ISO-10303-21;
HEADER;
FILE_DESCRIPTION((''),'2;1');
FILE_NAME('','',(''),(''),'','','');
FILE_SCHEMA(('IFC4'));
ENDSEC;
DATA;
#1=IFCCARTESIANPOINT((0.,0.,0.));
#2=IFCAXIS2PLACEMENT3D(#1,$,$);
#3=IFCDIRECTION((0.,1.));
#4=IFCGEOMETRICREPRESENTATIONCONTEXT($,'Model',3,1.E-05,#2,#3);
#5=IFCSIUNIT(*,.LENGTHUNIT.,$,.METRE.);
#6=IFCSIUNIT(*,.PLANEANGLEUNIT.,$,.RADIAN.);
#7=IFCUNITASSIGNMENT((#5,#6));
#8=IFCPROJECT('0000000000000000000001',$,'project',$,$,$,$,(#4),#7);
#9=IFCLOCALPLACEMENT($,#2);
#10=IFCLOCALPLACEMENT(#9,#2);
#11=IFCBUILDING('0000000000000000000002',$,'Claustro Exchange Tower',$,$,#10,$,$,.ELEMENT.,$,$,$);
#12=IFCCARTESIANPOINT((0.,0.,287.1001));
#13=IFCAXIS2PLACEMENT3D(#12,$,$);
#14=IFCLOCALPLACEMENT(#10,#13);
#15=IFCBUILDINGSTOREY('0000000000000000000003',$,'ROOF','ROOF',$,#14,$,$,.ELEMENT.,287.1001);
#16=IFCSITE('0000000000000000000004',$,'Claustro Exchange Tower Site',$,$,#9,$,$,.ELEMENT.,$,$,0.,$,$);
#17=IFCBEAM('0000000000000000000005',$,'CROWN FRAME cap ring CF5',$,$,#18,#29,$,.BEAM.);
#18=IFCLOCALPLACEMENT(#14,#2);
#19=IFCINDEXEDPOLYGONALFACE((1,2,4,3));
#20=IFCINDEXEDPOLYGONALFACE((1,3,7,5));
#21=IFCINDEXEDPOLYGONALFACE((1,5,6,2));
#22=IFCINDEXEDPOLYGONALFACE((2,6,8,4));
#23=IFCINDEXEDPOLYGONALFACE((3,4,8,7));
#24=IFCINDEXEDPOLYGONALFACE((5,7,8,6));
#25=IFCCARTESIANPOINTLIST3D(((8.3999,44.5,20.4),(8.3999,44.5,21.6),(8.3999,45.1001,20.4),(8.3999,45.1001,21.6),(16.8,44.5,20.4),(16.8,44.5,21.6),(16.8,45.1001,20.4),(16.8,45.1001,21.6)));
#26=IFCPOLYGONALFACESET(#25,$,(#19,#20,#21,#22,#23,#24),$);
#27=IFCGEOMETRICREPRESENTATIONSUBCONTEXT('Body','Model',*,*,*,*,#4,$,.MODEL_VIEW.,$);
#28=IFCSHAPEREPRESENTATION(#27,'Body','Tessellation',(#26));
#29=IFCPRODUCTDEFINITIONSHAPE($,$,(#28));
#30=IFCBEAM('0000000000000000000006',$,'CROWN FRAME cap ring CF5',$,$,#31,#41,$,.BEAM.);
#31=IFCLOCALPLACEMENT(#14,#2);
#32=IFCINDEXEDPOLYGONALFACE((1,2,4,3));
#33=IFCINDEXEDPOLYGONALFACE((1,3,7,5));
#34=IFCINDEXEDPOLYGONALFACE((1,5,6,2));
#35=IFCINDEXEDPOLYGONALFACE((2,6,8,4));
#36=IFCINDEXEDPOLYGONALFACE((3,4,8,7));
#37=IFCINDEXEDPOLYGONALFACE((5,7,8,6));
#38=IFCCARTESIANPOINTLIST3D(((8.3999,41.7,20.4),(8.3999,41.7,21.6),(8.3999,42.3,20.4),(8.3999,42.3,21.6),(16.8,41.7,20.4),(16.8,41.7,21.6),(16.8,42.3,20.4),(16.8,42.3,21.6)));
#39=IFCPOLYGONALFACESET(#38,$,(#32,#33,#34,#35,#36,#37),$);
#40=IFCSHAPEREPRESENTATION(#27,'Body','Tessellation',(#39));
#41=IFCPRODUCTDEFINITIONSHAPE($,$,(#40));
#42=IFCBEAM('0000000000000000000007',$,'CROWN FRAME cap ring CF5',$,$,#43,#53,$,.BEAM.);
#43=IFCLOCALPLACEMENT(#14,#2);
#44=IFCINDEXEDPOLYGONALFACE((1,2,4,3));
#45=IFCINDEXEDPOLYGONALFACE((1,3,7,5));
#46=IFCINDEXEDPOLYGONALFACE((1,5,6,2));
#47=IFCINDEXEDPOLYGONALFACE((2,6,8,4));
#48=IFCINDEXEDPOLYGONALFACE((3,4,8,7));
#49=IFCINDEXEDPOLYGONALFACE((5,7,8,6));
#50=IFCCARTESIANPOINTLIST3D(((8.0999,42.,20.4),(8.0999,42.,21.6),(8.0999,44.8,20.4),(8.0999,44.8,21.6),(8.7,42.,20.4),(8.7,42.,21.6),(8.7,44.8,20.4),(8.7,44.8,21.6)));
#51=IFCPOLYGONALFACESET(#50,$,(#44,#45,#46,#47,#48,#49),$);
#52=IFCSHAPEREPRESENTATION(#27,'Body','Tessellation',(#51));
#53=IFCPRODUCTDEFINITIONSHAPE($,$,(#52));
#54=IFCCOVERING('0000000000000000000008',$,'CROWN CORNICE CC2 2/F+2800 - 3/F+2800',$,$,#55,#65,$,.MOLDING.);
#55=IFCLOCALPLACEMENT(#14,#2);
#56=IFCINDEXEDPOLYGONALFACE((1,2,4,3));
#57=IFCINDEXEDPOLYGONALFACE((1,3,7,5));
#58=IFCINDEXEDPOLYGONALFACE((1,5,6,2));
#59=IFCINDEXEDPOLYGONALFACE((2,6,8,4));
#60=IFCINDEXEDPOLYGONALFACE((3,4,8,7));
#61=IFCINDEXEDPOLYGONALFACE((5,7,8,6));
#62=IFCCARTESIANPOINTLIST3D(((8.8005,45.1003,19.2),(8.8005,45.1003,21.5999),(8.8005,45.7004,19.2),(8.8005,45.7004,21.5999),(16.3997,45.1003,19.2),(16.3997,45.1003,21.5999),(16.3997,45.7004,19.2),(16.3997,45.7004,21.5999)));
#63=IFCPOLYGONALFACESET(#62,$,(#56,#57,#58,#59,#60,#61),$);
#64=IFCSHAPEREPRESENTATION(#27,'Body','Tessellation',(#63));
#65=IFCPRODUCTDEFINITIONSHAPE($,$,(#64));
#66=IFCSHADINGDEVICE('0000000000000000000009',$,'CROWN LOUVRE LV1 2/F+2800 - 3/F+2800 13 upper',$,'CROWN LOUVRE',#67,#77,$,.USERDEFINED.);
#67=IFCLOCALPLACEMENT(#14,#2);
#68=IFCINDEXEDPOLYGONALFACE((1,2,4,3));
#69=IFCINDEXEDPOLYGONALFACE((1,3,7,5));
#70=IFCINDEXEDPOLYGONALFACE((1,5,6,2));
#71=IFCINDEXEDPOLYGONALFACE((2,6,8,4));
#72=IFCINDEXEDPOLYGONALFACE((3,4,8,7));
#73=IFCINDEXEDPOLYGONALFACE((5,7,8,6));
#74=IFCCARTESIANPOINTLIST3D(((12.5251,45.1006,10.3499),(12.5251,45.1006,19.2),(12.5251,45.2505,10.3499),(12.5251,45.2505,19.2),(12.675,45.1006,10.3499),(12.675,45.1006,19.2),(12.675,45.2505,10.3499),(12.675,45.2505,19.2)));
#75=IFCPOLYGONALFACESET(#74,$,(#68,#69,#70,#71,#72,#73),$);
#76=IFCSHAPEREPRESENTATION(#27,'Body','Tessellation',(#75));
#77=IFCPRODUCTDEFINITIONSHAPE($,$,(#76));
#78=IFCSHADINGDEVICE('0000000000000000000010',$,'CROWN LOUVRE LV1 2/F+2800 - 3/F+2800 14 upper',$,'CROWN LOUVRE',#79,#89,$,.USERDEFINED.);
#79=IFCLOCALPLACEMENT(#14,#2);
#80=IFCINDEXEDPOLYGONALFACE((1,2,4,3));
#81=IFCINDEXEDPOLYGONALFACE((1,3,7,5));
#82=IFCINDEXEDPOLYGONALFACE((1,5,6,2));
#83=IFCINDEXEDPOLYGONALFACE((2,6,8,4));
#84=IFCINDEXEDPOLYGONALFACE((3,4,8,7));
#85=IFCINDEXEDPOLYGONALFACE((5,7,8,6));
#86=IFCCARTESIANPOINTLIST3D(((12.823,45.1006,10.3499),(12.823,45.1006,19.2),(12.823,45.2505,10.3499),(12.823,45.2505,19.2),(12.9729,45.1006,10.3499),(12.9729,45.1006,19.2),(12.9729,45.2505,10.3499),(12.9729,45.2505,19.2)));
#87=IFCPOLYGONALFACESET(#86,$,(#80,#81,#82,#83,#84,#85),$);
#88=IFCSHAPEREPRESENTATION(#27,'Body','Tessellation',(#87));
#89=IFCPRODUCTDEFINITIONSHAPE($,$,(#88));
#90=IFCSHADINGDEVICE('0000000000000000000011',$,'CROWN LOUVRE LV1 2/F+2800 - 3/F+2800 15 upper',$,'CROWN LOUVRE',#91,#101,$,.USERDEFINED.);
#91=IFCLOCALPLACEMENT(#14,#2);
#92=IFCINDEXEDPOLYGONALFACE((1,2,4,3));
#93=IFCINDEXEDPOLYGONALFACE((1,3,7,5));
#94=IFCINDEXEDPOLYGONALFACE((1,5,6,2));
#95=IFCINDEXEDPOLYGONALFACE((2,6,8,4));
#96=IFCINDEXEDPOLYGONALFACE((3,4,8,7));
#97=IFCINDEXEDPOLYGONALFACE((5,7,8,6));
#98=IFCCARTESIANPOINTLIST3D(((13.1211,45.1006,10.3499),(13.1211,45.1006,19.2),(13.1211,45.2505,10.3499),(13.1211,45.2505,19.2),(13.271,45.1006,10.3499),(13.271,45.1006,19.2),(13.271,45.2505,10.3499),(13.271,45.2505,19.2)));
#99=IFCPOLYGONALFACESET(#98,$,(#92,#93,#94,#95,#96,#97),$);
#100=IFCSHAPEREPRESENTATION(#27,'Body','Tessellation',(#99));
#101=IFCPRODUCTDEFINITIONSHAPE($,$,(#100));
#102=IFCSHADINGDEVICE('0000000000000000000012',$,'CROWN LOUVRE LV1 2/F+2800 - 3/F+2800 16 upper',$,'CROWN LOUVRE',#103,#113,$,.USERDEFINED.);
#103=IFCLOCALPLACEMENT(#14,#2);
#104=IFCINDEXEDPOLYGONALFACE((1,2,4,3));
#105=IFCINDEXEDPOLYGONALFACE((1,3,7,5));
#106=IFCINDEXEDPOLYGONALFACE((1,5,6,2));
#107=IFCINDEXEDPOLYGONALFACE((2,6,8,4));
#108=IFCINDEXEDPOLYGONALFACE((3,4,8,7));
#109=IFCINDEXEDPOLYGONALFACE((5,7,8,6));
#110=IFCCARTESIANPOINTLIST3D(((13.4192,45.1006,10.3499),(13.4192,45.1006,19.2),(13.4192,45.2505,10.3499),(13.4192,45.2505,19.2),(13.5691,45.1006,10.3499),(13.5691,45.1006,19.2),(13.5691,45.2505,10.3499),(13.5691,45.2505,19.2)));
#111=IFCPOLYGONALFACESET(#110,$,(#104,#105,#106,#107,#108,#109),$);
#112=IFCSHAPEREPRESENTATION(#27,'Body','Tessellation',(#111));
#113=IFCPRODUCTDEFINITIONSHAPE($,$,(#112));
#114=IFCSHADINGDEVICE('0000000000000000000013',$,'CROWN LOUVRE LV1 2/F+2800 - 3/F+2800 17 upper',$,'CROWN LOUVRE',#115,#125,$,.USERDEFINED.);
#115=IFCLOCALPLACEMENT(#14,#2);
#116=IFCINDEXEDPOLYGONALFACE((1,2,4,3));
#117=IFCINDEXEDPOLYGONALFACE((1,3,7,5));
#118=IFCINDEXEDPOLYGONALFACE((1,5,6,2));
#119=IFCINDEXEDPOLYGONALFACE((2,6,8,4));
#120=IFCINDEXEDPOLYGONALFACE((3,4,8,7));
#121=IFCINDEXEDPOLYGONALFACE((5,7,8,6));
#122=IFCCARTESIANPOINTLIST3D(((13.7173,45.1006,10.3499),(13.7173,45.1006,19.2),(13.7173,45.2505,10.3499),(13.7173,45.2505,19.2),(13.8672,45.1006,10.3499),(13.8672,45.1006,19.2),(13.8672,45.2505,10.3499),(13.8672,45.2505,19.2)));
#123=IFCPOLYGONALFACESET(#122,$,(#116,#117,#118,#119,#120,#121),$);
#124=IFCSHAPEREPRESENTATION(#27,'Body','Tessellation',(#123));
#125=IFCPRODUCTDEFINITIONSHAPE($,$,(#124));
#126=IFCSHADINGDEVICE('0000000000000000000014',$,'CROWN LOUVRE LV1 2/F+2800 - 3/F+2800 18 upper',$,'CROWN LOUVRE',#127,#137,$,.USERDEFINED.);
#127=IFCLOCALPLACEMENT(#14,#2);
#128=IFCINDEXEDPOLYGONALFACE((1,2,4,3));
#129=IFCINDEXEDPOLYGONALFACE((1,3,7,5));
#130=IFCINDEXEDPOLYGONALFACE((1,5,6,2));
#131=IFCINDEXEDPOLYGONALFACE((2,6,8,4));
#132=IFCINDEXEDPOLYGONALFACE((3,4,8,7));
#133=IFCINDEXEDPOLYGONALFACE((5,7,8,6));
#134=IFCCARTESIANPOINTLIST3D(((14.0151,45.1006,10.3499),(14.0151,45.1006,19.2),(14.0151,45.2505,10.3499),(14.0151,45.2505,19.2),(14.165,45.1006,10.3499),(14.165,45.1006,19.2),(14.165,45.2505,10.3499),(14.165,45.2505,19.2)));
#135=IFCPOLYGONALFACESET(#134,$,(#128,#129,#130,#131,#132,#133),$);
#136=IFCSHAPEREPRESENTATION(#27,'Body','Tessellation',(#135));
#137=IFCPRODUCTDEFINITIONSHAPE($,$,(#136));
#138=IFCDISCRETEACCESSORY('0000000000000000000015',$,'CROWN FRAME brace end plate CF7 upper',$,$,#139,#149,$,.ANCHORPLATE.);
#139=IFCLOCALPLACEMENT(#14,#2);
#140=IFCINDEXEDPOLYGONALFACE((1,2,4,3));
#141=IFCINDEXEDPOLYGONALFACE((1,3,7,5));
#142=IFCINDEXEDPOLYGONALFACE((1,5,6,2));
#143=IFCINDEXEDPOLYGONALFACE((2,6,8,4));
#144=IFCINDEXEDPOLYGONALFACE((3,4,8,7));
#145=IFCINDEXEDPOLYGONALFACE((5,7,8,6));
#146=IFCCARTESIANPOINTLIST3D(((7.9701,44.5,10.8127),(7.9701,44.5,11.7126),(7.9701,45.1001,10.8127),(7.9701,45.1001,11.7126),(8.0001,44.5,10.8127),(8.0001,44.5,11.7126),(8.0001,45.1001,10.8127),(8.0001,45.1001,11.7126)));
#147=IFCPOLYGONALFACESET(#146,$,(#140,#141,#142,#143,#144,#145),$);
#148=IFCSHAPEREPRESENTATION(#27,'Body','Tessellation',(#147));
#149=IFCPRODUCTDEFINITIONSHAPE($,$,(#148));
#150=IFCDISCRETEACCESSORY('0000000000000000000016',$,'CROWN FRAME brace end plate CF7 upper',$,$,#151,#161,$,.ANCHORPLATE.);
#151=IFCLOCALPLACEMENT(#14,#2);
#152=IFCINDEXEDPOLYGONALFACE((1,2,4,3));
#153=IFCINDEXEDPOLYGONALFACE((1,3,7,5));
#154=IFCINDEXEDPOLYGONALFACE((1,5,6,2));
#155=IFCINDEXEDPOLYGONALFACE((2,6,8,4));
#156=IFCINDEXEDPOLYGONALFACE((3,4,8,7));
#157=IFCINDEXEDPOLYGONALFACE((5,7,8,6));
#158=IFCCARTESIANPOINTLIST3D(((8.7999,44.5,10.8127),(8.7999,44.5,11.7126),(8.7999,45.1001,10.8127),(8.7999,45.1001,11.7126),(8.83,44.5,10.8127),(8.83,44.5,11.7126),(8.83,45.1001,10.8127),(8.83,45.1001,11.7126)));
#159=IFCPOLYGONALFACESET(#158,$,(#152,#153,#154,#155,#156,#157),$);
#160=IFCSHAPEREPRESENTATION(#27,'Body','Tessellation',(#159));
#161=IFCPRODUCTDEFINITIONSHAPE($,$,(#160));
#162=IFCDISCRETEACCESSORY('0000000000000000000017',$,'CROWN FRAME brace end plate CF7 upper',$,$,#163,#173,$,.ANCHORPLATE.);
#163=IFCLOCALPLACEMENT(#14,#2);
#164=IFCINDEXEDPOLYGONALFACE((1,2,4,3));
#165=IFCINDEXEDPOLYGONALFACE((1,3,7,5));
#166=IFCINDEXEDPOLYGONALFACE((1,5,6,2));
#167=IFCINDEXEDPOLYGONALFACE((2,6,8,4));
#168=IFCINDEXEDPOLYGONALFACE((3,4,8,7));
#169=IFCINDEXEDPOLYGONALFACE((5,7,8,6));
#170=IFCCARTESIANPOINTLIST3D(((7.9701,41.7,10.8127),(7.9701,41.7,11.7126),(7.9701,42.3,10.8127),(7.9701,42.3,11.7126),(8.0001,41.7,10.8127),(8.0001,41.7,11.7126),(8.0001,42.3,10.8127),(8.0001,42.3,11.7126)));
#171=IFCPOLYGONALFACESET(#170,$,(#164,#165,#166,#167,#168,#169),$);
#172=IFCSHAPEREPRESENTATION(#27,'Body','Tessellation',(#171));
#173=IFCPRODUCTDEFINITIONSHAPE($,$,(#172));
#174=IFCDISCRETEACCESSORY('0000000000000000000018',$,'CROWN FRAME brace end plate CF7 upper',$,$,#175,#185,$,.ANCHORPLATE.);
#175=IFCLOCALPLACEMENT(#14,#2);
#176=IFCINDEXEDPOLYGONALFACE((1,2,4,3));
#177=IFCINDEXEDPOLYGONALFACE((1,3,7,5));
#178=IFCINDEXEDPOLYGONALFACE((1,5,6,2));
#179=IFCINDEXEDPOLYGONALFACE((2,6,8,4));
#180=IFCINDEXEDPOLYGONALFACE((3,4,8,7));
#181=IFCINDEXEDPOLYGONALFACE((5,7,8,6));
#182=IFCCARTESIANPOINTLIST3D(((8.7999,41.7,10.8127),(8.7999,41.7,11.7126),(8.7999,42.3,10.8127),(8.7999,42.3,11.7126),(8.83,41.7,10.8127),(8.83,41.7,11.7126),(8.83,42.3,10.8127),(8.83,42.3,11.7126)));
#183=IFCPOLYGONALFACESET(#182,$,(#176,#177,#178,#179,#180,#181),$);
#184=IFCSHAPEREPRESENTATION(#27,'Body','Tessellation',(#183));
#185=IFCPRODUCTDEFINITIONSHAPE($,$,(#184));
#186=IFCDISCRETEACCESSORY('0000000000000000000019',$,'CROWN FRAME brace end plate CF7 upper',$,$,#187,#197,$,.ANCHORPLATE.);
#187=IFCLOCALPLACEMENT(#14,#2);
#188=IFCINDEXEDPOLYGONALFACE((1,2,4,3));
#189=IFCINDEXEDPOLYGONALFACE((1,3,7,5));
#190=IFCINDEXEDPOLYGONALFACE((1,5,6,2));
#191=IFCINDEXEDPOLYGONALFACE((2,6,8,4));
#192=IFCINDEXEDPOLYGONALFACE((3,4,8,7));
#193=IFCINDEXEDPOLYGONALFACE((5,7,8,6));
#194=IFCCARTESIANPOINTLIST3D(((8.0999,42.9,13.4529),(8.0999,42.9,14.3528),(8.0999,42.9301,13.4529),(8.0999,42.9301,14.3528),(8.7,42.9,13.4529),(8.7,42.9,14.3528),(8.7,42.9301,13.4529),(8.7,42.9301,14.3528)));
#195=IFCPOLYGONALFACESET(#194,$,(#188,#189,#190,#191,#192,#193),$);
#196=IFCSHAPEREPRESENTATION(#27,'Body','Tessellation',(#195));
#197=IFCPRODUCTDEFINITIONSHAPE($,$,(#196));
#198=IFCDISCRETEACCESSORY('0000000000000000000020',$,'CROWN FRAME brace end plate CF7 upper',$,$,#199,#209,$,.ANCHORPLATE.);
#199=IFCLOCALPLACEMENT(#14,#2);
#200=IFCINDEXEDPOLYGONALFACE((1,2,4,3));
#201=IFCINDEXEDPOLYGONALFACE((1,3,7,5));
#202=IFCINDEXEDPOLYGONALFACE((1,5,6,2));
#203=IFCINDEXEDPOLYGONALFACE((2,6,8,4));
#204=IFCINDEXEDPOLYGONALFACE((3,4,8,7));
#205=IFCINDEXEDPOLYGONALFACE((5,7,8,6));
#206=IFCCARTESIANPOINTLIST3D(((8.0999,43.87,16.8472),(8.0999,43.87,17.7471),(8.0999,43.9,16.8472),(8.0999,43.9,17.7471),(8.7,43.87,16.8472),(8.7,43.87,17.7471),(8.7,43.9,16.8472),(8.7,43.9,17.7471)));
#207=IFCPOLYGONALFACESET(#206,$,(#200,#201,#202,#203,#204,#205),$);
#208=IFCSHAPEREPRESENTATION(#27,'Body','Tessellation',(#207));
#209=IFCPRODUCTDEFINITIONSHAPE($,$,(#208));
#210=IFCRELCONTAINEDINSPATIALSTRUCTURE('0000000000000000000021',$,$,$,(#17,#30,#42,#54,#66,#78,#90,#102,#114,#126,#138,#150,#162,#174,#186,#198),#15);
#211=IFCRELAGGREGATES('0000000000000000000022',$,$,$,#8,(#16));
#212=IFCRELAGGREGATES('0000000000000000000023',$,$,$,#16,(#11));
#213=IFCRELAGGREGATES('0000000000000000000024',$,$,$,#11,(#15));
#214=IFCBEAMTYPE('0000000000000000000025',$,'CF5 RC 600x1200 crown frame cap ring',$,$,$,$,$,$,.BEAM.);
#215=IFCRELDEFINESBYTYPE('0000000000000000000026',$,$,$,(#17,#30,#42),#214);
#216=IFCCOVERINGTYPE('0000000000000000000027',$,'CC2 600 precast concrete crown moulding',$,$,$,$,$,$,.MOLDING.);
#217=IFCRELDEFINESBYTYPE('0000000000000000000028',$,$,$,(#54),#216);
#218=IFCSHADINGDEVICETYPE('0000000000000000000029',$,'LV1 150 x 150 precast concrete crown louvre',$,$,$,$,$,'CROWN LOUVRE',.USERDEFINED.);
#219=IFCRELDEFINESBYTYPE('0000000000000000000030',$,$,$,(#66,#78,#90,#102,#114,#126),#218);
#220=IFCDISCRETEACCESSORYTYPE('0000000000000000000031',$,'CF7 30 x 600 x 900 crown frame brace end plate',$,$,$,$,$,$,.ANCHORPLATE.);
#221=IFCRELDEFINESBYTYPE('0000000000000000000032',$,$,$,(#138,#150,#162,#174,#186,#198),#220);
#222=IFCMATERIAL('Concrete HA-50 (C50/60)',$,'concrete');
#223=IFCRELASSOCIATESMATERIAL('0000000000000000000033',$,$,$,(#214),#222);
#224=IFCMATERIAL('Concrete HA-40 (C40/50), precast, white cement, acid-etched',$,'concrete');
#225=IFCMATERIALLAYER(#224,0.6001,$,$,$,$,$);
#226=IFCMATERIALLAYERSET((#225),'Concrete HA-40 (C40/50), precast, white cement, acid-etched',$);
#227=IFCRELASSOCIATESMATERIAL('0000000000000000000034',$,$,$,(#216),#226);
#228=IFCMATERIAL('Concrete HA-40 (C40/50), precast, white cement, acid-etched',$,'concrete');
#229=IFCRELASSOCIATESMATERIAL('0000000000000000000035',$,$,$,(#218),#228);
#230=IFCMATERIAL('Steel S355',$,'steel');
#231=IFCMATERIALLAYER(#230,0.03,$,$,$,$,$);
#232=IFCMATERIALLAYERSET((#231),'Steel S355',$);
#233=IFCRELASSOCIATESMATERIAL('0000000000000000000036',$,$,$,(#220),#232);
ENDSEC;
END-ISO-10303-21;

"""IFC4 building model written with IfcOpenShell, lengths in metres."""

from ifc_helpers import new_model, si_unit, direction, frame, origin, origin_2d, place, context, subcontext, project, spatial, rectangle, extrude, material, layer, layer_set, material_profile, profile_set, type_object, element, save


model = new_model("IFC4")

# Units and contexts
model_context = context("Model", 3, precision=1e-05, world=origin(), true_north=direction((0.0, 1.0)))
body_context = subcontext(model_context, "Body", "Model", "MODEL_VIEW")
ifc_project = project(units=[si_unit("LENGTHUNIT", "METRE"), si_unit("PLANEANGLEUNIT", "RADIAN")], contexts=[model_context])

# Site, building, storey
site_placement = place(None, origin())
site = spatial("IfcSite", under=ifc_project, at=site_placement, Name="Claustro Exchange Tower Site", CompositionType="ELEMENT", RefElevation=0.0)
building_placement = place(site_placement, origin())
building = spatial("IfcBuilding", under=site, at=building_placement, Name="Claustro Exchange Tower", CompositionType="ELEMENT")
storey_placement = place(building_placement, frame((0.0, 0.0, 287.1001)))
storey = spatial("IfcBuildingStorey", under=building, at=storey_placement, Name="ROOF", Description="ROOF", CompositionType="ELEMENT", Elevation=287.1001)

# Beams
ifc_material_1 = material(Name="Concrete HA-50 (C50/60)", Category="concrete")
ifc_material_profile_1 = material_profile(ifc_material_1, rectangle(XDim=0.6001, YDim=1.2, at=origin_2d()), Name="RC 600x1200")
ifc_profile_set_1 = profile_set([ifc_material_profile_1], Name="Concrete HA-50 (C50/60)")
beam_type = type_object("IfcBeamType", Name="CF5 RC 600x1200 crown frame cap ring", PredefinedType="BEAM", material=ifc_profile_set_1)
for number, where, z_axis, x_axis, name in (
    (1, (8.3999, 44.8, 21.0), (1.0, 0.0, 0.0), (0.0, 1.0, 0.0), "CROWN FRAME cap ring CF5"),
    (2, (8.3999, 42.0, 21.0), (1.0, 0.0, 0.0), (0.0, 1.0, 0.0), "CROWN FRAME cap ring CF5"),
):
    element("IfcBeam", number, at=place(storey_placement, frame(where, z_axis=z_axis, x_axis=x_axis)), inside=storey, type_object=beam_type, Name=name, PredefinedType="BEAM", context=body_context, shape_type="SweptSolid", body=[
        extrude(rectangle(XDim=0.6001, YDim=1.2, at=origin_2d()), origin(), (0.0, 0.0, 1.0), 8.4001),
    ])
beam_placement = place(storey_placement, frame((8.3999, 42.0, 21.0), z_axis=(0.0, 1.0, 0.0), x_axis=(-1.0, 0.0, 0.0)))
element("IfcBeam", 3, at=beam_placement, inside=storey, type_object=beam_type, Name="CROWN FRAME cap ring CF5", PredefinedType="BEAM", context=body_context, shape_type="SweptSolid", body=[
    extrude(rectangle(XDim=0.6001, YDim=1.2, at=origin_2d()), origin(), (0.0, 0.0, 1.0), 2.8),
])

# Covering
ifc_material_2 = material(Name="Concrete HA-40 (C40/50), precast, white cement, acid-etched", Category="concrete")
ifc_layer_1 = layer(ifc_material_2, 0.6001)
ifc_layer_set_1 = layer_set([ifc_layer_1], Name="Concrete HA-40 (C40/50), precast, white cement, acid-etched")
covering_type = type_object("IfcCoveringType", Name="CC2 600 precast concrete crown moulding", PredefinedType="MOLDING", material=ifc_layer_set_1)
covering_placement = place(storey_placement, frame((12.6001, 45.4004, 19.2), z_axis=(0.0, 0.0, 1.0), x_axis=(1.0, 0.0, 0.0)))
element("IfcCovering", 4, at=covering_placement, inside=storey, type_object=covering_type, Name="CROWN CORNICE CC2 2/F+2800 - 3/F+2800", PredefinedType="MOLDING", context=body_context, shape_type="SweptSolid", body=[
    extrude(rectangle(XDim=7.5991, YDim=0.6001, at=origin_2d()), origin(), (0.0, 0.0, 1.0), 2.3999),
])

# Shading devices
ifc_material_3 = material(Name="Concrete HA-40 (C40/50), precast, white cement, acid-etched", Category="concrete")
shading_device_type = type_object("IfcShadingDeviceType", Name="LV1 150 x 150 precast concrete crown louvre", ElementType="CROWN LOUVRE", PredefinedType="USERDEFINED", material=ifc_material_3)
for number, where, z_axis, x_axis, name in (
    (5, (12.6001, 45.1755, 10.3499), (0.0, 0.0, 1.0), (1.0, 0.0, 0.0), "CROWN LOUVRE LV1 2/F+2800 - 3/F+2800 13 upper"),
    (6, (12.8979, 45.1755, 10.3499), (0.0, 0.0, 1.0), (1.0, 0.0, 0.0), "CROWN LOUVRE LV1 2/F+2800 - 3/F+2800 14 upper"),
    (7, (13.196, 45.1755, 10.3499), (0.0, 0.0, 1.0), (1.0, 0.0, 0.0), "CROWN LOUVRE LV1 2/F+2800 - 3/F+2800 15 upper"),
    (8, (13.4941, 45.1755, 10.3499), (0.0, 0.0, 1.0), (1.0, 0.0, 0.0), "CROWN LOUVRE LV1 2/F+2800 - 3/F+2800 16 upper"),
    (9, (13.7922, 45.1755, 10.3499), (0.0, 0.0, 1.0), (1.0, 0.0, 0.0), "CROWN LOUVRE LV1 2/F+2800 - 3/F+2800 17 upper"),
    (10, (14.0901, 45.1755, 10.3499), (0.0, 0.0, 1.0), (1.0, 0.0, 0.0), "CROWN LOUVRE LV1 2/F+2800 - 3/F+2800 18 upper"),
):
    element("IfcShadingDevice", number, at=place(storey_placement, frame(where, z_axis=z_axis, x_axis=x_axis)), inside=storey, type_object=shading_device_type, Name=name, ObjectType="CROWN LOUVRE", PredefinedType="USERDEFINED", context=body_context, shape_type="SweptSolid", body=[
        extrude(rectangle(XDim=0.1499, YDim=0.1499, at=origin_2d()), origin(), (0.0, 0.0, 1.0), 8.8501),
    ])

# Discrete accessories
ifc_material_4 = material(Name="Steel S355", Category="steel")
ifc_layer_2 = layer(ifc_material_4, 0.03)
ifc_layer_set_2 = layer_set([ifc_layer_2], Name="Steel S355")
discrete_accessory_type = type_object("IfcDiscreteAccessoryType", Name="CF7 30 x 600 x 900 crown frame brace end plate", PredefinedType="ANCHORPLATE", material=ifc_layer_set_2)
for number, where, z_axis, x_axis, name in (
    (11, (7.9851, 44.8, 10.8127), (0.0, 0.0, 1.0), (-1.0, 0.0, 0.0), "CROWN FRAME brace end plate CF7 upper"),
    (12, (8.8149, 44.8, 10.8127), (0.0, 0.0, 1.0), (1.0, 0.0, 0.0), "CROWN FRAME brace end plate CF7 upper"),
    (13, (7.9851, 42.0, 10.8127), (0.0, 0.0, 1.0), (-1.0, 0.0, 0.0), "CROWN FRAME brace end plate CF7 upper"),
    (14, (8.8149, 42.0, 10.8127), (0.0, 0.0, 1.0), (1.0, 0.0, 0.0), "CROWN FRAME brace end plate CF7 upper"),
    (15, (8.3999, 42.915, 13.4529), (0.0, 0.0, 1.0), (0.0, 1.0, 0.0), "CROWN FRAME brace end plate CF7 upper"),
    (16, (8.3999, 43.885, 16.8472), (0.0, 0.0, 1.0), (0.0, 1.0, 0.0), "CROWN FRAME brace end plate CF7 upper"),
):
    element("IfcDiscreteAccessory", number, at=place(storey_placement, frame(where, z_axis=z_axis, x_axis=x_axis)), inside=storey, type_object=discrete_accessory_type, Name=name, PredefinedType="ANCHORPLATE", context=body_context, shape_type="SweptSolid", body=[
        extrude(rectangle(XDim=0.03, YDim=0.6001, at=origin_2d()), origin(), (0.0, 0.0, 1.0), 0.8999),
    ])

save(model, "model.ifc")
